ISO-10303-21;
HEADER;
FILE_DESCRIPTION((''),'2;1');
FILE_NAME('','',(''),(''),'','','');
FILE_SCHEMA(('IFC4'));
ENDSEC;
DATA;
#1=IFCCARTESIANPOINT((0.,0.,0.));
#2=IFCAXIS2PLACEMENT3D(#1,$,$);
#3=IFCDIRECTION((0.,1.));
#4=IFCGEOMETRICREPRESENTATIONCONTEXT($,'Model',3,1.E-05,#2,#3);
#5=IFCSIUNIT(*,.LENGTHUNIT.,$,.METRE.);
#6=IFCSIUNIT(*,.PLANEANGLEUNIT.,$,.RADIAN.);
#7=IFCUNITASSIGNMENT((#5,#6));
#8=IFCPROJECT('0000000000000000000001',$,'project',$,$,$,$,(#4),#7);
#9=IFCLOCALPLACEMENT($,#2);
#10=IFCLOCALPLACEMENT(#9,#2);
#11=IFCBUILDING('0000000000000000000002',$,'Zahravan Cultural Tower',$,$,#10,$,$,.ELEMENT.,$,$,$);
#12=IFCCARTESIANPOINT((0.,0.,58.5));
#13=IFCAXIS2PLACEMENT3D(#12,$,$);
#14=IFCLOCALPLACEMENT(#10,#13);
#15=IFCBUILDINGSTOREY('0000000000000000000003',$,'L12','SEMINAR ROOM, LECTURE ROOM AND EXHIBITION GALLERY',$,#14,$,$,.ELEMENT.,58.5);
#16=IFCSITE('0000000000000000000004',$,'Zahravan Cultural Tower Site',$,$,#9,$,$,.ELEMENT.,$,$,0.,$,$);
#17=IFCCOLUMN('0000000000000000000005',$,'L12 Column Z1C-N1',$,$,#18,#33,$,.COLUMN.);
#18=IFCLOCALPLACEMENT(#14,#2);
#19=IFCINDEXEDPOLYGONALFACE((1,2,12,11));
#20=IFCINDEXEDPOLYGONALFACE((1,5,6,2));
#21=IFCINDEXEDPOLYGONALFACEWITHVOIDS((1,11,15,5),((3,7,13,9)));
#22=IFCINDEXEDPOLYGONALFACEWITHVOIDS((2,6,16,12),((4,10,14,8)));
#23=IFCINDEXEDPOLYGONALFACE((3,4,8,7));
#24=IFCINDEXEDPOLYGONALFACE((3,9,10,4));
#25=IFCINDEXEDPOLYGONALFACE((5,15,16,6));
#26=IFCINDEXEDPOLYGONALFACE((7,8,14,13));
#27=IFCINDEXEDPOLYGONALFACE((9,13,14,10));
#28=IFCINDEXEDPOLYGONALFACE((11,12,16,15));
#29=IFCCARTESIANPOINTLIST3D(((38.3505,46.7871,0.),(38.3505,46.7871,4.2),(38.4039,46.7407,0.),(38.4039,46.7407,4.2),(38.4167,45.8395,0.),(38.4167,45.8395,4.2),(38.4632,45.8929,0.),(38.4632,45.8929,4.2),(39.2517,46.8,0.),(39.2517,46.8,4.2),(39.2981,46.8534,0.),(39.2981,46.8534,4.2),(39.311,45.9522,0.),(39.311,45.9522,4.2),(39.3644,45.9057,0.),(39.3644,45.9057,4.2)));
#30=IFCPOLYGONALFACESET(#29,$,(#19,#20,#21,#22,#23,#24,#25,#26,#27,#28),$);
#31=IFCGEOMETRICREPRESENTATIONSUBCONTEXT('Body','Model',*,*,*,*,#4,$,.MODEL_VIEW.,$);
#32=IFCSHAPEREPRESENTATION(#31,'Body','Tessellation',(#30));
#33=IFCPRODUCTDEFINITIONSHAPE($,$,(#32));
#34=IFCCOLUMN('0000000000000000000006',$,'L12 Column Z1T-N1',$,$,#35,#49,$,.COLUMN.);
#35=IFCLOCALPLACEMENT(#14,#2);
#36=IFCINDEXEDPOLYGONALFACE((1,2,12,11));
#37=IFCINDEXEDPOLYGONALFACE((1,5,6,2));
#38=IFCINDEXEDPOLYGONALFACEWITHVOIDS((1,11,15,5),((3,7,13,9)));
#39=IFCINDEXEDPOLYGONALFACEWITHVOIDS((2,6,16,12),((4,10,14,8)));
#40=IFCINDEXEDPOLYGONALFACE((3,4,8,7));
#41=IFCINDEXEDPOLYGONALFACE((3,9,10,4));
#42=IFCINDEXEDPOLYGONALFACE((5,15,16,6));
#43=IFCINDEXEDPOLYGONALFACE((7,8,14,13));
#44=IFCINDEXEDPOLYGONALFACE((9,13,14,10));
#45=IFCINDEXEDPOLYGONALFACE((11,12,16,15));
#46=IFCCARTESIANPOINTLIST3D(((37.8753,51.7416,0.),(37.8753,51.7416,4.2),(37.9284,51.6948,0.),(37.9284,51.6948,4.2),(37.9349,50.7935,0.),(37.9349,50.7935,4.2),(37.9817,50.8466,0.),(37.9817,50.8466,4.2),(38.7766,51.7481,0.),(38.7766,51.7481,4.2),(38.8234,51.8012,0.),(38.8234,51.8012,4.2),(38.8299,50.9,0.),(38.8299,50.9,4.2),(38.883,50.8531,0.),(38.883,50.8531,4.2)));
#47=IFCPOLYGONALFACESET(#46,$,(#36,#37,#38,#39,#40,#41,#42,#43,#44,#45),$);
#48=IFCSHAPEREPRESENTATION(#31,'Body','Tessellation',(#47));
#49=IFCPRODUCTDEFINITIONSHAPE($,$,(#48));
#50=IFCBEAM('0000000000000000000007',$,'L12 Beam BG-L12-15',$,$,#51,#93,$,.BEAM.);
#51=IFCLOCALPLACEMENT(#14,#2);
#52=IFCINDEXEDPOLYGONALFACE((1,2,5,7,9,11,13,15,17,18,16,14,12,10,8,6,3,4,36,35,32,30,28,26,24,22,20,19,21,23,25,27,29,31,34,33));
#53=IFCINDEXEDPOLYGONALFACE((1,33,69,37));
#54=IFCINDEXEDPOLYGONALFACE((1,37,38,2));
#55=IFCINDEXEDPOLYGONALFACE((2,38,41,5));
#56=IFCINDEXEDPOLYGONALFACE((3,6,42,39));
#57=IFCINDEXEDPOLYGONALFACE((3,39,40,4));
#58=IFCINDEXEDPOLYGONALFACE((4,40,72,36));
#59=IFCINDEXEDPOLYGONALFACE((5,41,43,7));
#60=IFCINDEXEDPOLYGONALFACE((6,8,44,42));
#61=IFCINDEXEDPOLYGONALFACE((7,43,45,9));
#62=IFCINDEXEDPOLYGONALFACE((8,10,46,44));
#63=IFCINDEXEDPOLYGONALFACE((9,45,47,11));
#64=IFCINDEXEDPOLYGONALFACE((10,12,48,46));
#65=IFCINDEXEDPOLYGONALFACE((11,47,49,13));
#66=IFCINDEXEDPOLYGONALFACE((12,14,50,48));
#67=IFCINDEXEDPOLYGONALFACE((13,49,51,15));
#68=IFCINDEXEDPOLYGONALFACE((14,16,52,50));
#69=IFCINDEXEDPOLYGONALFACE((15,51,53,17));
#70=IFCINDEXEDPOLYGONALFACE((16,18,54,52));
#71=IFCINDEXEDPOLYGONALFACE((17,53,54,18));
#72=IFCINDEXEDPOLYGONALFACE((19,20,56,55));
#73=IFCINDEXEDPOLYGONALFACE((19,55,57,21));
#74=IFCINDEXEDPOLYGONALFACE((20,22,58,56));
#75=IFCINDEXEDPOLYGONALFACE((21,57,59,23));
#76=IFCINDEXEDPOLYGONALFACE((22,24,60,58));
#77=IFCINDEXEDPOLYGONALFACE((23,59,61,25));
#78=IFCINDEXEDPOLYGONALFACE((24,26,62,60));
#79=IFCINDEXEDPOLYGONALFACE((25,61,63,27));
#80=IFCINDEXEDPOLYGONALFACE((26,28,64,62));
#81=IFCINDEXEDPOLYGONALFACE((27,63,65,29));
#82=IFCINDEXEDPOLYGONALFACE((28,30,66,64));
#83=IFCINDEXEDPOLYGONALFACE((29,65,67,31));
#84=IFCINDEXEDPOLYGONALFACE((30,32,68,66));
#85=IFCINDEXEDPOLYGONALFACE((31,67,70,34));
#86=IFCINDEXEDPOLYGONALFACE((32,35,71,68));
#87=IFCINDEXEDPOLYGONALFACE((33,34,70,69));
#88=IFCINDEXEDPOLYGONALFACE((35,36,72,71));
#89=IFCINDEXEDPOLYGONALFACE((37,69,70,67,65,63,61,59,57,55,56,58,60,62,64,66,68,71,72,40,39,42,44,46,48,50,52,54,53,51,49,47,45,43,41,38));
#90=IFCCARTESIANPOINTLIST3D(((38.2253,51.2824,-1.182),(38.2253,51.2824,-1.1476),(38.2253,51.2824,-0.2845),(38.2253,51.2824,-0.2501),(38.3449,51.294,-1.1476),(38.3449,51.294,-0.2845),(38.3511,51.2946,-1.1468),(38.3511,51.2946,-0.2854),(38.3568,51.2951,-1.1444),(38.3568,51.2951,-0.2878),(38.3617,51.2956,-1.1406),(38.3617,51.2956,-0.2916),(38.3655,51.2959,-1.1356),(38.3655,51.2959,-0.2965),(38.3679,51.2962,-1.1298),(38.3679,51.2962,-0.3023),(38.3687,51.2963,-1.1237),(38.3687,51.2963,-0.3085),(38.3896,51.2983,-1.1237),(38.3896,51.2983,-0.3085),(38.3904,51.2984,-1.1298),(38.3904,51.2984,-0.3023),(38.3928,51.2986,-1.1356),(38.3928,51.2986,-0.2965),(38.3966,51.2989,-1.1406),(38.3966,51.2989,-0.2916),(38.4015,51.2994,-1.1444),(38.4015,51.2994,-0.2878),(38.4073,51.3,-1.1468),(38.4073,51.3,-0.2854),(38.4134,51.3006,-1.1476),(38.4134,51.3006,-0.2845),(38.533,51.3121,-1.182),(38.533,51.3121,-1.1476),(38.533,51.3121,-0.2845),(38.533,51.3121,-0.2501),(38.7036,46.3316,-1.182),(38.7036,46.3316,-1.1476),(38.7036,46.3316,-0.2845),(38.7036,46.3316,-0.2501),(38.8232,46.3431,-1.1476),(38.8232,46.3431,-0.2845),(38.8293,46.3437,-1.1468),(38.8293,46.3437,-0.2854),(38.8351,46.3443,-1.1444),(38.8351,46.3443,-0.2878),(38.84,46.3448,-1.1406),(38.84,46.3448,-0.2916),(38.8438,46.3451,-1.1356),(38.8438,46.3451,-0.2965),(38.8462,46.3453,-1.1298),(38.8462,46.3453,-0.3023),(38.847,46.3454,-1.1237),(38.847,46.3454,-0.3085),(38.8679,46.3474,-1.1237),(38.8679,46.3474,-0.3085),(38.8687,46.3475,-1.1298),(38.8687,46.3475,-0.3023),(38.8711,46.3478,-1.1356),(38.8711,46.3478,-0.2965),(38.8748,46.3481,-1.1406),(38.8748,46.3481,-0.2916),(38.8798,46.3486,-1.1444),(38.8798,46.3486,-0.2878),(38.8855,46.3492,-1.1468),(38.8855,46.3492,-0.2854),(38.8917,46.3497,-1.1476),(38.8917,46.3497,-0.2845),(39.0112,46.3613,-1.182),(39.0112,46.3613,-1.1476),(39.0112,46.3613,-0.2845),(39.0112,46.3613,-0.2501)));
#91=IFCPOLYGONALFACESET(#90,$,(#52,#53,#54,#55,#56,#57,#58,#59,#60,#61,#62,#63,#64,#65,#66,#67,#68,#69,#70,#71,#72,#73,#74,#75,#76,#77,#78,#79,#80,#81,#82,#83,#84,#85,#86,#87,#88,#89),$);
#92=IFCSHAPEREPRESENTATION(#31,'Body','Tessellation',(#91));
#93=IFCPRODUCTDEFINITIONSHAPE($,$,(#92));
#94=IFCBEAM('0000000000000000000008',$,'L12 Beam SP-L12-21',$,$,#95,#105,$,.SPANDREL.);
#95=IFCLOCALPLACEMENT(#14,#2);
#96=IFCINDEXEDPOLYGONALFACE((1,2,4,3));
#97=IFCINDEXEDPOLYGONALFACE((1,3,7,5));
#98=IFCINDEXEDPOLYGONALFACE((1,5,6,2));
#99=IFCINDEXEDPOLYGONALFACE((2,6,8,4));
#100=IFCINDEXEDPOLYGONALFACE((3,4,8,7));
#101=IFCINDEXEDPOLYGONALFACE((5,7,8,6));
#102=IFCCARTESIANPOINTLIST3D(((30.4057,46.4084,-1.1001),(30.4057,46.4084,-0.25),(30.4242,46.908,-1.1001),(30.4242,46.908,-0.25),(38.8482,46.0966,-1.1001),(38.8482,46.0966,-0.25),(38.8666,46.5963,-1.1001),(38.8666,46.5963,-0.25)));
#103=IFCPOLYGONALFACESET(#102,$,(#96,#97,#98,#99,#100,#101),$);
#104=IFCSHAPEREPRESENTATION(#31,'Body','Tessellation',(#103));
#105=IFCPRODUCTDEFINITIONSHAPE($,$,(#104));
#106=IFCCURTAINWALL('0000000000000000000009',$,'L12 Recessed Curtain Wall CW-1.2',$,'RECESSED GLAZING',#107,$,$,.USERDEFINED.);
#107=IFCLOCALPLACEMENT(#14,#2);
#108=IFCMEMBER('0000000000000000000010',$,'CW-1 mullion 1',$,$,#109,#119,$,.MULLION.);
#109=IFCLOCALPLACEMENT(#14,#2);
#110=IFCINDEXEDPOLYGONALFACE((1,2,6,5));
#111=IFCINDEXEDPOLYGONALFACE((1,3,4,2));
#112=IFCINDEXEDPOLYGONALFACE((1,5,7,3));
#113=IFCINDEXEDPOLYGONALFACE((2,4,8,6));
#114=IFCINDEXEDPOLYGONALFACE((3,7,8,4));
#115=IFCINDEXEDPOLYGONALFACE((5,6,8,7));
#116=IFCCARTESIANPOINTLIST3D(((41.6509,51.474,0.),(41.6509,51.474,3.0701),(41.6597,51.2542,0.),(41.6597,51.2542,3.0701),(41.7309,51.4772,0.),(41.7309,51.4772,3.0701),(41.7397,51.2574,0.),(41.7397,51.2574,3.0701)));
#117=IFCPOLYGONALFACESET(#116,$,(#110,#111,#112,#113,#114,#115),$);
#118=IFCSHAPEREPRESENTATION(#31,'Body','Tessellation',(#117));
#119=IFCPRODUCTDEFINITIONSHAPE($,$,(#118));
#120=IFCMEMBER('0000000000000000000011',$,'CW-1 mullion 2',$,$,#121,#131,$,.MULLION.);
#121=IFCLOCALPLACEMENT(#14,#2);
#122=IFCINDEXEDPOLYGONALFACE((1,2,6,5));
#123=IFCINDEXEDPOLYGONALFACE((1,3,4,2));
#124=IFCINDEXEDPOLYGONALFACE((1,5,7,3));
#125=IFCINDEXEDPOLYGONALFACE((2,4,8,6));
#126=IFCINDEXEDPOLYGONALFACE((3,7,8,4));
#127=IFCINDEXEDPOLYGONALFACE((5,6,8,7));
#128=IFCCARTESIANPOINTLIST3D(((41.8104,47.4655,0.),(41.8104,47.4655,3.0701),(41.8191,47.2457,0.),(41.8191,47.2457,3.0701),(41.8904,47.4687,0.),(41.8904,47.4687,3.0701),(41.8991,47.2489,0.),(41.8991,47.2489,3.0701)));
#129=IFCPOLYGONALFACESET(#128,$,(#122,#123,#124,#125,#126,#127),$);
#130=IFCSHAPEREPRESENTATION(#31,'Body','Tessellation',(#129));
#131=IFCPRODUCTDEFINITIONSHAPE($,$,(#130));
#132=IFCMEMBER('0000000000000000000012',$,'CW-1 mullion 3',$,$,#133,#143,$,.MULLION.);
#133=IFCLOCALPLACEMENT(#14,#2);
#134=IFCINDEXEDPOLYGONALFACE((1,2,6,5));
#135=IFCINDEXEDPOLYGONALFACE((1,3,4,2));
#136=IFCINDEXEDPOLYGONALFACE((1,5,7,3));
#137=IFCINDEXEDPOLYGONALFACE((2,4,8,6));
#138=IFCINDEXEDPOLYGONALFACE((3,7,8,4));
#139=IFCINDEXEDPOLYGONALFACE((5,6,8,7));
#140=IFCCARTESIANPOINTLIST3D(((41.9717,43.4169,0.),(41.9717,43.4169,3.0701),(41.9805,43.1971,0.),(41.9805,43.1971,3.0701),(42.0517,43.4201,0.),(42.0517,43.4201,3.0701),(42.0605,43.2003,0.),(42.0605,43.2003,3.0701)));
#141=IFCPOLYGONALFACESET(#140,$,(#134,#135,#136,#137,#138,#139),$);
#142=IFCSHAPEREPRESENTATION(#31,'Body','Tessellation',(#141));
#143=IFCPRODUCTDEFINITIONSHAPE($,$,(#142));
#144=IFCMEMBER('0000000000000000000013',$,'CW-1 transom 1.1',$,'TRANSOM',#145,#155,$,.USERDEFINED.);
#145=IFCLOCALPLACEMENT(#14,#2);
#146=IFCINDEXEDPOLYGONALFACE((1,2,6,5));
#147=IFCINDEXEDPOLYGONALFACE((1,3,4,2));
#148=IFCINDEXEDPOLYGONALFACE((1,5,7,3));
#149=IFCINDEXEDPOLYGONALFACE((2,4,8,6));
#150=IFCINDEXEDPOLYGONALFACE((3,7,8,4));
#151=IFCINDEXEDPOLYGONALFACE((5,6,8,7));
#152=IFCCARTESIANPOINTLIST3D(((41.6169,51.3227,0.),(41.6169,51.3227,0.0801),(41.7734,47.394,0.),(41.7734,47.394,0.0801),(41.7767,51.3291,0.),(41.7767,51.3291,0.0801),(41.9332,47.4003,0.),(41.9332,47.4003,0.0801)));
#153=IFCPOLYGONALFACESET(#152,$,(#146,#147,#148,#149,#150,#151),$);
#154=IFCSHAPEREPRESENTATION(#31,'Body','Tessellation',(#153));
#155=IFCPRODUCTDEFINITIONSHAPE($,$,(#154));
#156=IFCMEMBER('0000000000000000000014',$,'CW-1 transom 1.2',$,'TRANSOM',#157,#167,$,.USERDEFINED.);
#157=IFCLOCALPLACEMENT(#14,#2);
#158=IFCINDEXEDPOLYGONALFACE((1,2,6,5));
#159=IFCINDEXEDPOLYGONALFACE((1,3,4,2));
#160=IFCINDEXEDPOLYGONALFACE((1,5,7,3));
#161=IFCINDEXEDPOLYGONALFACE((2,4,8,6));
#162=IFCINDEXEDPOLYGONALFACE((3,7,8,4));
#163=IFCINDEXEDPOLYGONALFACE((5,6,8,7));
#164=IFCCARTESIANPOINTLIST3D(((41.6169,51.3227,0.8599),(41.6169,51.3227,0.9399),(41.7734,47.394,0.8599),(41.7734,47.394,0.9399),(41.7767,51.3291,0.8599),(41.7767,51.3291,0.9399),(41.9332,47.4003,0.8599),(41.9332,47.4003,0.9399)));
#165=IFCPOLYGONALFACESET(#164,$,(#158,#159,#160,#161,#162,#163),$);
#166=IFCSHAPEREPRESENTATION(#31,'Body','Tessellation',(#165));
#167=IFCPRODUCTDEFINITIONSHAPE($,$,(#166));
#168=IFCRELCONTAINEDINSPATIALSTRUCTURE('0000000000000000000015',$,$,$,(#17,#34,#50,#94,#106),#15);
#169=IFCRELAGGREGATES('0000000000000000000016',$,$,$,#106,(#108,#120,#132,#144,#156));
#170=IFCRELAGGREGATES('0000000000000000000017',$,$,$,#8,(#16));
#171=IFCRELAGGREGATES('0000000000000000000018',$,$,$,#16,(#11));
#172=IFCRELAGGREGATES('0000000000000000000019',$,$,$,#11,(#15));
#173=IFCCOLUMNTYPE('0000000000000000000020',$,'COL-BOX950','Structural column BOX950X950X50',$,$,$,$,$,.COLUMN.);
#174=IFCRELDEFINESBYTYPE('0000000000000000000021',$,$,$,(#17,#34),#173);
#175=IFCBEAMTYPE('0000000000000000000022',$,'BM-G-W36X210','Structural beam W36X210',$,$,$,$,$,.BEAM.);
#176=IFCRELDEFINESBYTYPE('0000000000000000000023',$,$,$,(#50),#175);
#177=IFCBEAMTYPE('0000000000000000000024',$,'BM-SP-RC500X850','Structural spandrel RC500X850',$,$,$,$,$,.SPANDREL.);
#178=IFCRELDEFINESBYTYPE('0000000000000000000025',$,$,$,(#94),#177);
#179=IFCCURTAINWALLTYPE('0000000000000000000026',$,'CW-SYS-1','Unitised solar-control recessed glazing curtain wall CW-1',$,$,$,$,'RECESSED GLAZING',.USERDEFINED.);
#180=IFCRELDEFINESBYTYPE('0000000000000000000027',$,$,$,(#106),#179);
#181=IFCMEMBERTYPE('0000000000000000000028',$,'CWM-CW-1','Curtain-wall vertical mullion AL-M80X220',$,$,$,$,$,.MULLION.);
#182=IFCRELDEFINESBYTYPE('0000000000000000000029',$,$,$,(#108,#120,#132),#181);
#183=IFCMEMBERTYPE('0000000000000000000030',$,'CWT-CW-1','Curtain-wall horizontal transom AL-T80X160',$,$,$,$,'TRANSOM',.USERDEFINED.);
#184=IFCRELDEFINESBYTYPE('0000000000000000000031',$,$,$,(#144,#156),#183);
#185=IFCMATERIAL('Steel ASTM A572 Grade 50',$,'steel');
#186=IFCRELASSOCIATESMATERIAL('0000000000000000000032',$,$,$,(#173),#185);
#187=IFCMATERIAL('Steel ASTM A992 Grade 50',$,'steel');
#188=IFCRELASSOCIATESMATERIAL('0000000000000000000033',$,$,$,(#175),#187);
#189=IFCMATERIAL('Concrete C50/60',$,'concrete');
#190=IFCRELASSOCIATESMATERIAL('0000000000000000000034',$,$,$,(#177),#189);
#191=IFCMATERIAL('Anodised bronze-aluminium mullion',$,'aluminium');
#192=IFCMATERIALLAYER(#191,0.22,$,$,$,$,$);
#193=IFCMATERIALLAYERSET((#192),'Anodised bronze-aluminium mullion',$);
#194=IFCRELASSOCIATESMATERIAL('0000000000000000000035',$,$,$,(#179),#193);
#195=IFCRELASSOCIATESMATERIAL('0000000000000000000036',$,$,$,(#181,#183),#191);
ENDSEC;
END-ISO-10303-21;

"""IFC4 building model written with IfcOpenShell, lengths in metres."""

from ifc_helpers import new_model, si_unit, direction, frame, origin, origin_2d, place, context, subcontext, project, spatial, rectangle, hollow_rectangle, i_section, extrude, source, transform, mapped, material, layer, layer_set, material_profile, profile_set, type_object, element, aggregate, save


model = new_model("IFC4")

# Units and contexts
model_context = context("Model", 3, precision=1e-05, world=origin(), true_north=direction((0.0, 1.0)))
body_context = subcontext(model_context, "Body", "Model", "MODEL_VIEW")
ifc_project = project(units=[si_unit("LENGTHUNIT", "METRE"), si_unit("PLANEANGLEUNIT", "RADIAN")], contexts=[model_context])

# Site, building, storey
site_placement = place(None, origin())
site = spatial("IfcSite", under=ifc_project, at=site_placement, Name="Zahravan Cultural Tower Site", CompositionType="ELEMENT", RefElevation=0.0)
building_placement = place(site_placement, origin())
building = spatial("IfcBuilding", under=site, at=building_placement, Name="Zahravan Cultural Tower", CompositionType="ELEMENT")
storey_placement = place(building_placement, frame((0.0, 0.0, 58.5)))
storey = spatial("IfcBuildingStorey", under=building, at=storey_placement, Name="L12", Description="SEMINAR ROOM, LECTURE ROOM AND EXHIBITION GALLERY", CompositionType="ELEMENT", Elevation=58.5)

# Columns
ifc_material_1 = material(Name="Steel ASTM A572 Grade 50", Category="steel")
ifc_material_profile_1 = material_profile(ifc_material_1, hollow_rectangle(XDim=0.95, YDim=0.95, WallThickness=0.05, at=origin_2d()), Name="BOX950X950X50")
ifc_profile_set_1 = profile_set([ifc_material_profile_1], Name="Steel ASTM A572 Grade 50")
column_type = type_object("IfcColumnType", Name="COL-BOX950", Description="Structural column BOX950X950X50", PredefinedType="COLUMN", material=ifc_profile_set_1)
shared_shape_1 = source(origin(), body_context, "Body", "SweptSolid", [
    extrude(hollow_rectangle(XDim=0.95, YDim=0.95, WallThickness=0.05, at=origin_2d()), origin(), (0.0, 0.0, 1.0), 4.2),
])
for number, where, z_axis, x_axis, name in (
    (1, (38.8574, 46.3464, 0.0), (0.0, 0.0, 1.0), (-0.069756, 0.997564, 0.0), "L12 Column Z1C-N1"),
    (2, (38.3792, 51.2974, 0.0), (0.0, 0.0, 1.0), (-0.062791, 0.998027, 0.0), "L12 Column Z1T-N1"),
):
    element("IfcColumn", number, at=place(storey_placement, frame(where, z_axis=z_axis, x_axis=x_axis)), inside=storey, type_object=column_type, Name=name, PredefinedType="COLUMN", context=body_context, shape_type="MappedRepresentation", body=[
        mapped(shared_shape_1, transform((0.0, 0.0, 0.0), x_axis=(1.0, 0.0, 0.0), y_axis=(0.0, 1.0, 0.0), z_axis=(0.0, 0.0, 1.0), scale=1.0)),
    ])

# Beams
ifc_material_2 = material(Name="Steel ASTM A992 Grade 50", Category="steel")
ifc_material_profile_2 = material_profile(ifc_material_2, i_section(OverallWidth=0.3091, OverallDepth=0.9319, WebThickness=0.021, FlangeThickness=0.0344, FilletRadius=0.0239, at=origin_2d()), Name="W36X210")
ifc_profile_set_2 = profile_set([ifc_material_profile_2], Name="Steel ASTM A992 Grade 50")
beam_type_1 = type_object("IfcBeamType", Name="BM-G-W36X210", Description="Structural beam W36X210", PredefinedType="BEAM", material=ifc_profile_set_2)
shared_shape_2 = source(origin(), body_context, "Body", "SweptSolid", [
    extrude(i_section(OverallWidth=0.3091, OverallDepth=0.9319, WebThickness=0.021, FlangeThickness=0.0344, FilletRadius=0.0239, at=origin_2d()), origin(), (0.0, 0.0, 1.0), 4.9739),
])
beam_1_placement = place(storey_placement, frame((38.8574, 46.3464, -0.7161), z_axis=(-0.096155, 0.995366, 0.0), x_axis=(-0.995366, -0.096155, 0.0)))
element("IfcBeam", 3, at=beam_1_placement, inside=storey, type_object=beam_type_1, Name="L12 Beam BG-L12-15", PredefinedType="BEAM", context=body_context, shape_type="MappedRepresentation", body=[
    mapped(shared_shape_2, transform((0.0, 0.0, 0.0), x_axis=(1.0, 0.0, 0.0), y_axis=(0.0, 1.0, 0.0), z_axis=(0.0, 0.0, 1.0), scale=1.0)),
])
ifc_material_3 = material(Name="Concrete C50/60", Category="concrete")
ifc_material_profile_3 = material_profile(ifc_material_3, rectangle(XDim=0.5, YDim=0.8501, at=origin_2d()), Name="RC500X850")
ifc_profile_set_3 = profile_set([ifc_material_profile_3], Name="Concrete C50/60")
beam_type_2 = type_object("IfcBeamType", Name="BM-SP-RC500X850", Description="Structural spandrel RC500X850", PredefinedType="SPANDREL", material=ifc_profile_set_3)
shared_shape_3 = source(origin(), body_context, "Body", "SweptSolid", [
    extrude(rectangle(XDim=0.5, YDim=0.8501, at=origin_2d()), origin(), (0.0, 0.0, 1.0), 8.4482),
])
beam_2_placement = place(storey_placement, frame((38.8574, 46.3464, -0.675), z_axis=(-0.999319, 0.036904, 0.0), x_axis=(-0.036904, -0.999319, 0.0)))
element("IfcBeam", 4, at=beam_2_placement, inside=storey, type_object=beam_type_2, Name="L12 Beam SP-L12-21", PredefinedType="SPANDREL", context=body_context, shape_type="MappedRepresentation", body=[
    mapped(shared_shape_3, transform((0.0, 0.0, 0.0), x_axis=(1.0, 0.0, 0.0), y_axis=(0.0, 1.0, 0.0), z_axis=(0.0, 0.0, 1.0), scale=1.0)),
])

# Curtain wall, members
ifc_material_4 = material(Name="Anodised bronze-aluminium mullion", Category="aluminium")
ifc_layer_1 = layer(ifc_material_4, 0.22)
ifc_layer_set_1 = layer_set([ifc_layer_1], Name="Anodised bronze-aluminium mullion")
curtain_wall_type = type_object("IfcCurtainWallType", Name="CW-SYS-1", Description="Unitised solar-control recessed glazing curtain wall CW-1", ElementType="RECESSED GLAZING", PredefinedType="USERDEFINED", material=ifc_layer_set_1)
curtain_wall_placement = place(storey_placement, origin())
curtain_wall = element("IfcCurtainWall", 5, at=curtain_wall_placement, inside=storey, type_object=curtain_wall_type, Name="L12 Recessed Curtain Wall CW-1.2", ObjectType="RECESSED GLAZING", PredefinedType="USERDEFINED")
ifc_material_profile_4 = material_profile(ifc_material_4, rectangle(XDim=0.0801, YDim=0.22, at=origin_2d()), Name="AL-M80X220")
ifc_profile_set_4 = profile_set([ifc_material_profile_4], Name="Anodised bronze-aluminium mullion")
member_type_1 = type_object("IfcMemberType", Name="CWM-CW-1", Description="Curtain-wall vertical mullion AL-M80X220", PredefinedType="MULLION", material=ifc_profile_set_4)
shared_shape_4 = source(origin(), body_context, "Body", "SweptSolid", [
    extrude(rectangle(XDim=0.0801, YDim=0.22, at=origin_2d()), origin(), (0.0, 0.0, 1.0), 3.0701),
])
member_1_placement = place(storey_placement, frame((41.6953, 51.3657, 0.0), z_axis=(0.0, 0.0, 1.0), x_axis=(0.999208, 0.039785, 0.0)))
member_1 = element("IfcMember", 6, at=member_1_placement, type_object=member_type_1, Name="CW-1 mullion 1", PredefinedType="MULLION", context=body_context, shape_type="MappedRepresentation", body=[
    mapped(shared_shape_4, transform((0.0, 0.0, 0.0), x_axis=(1.0, 0.0, 0.0), y_axis=(0.0, 1.0, 0.0), z_axis=(0.0, 0.0, 1.0), scale=1.0)),
])
member_2_placement = place(storey_placement, frame((41.8547, 47.3572, 0.0), z_axis=(0.0, 0.0, 1.0), x_axis=(0.999208, 0.039785, 0.0)))
member_2 = element("IfcMember", 7, at=member_2_placement, type_object=member_type_1, Name="CW-1 mullion 2", PredefinedType="MULLION", context=body_context, shape_type="MappedRepresentation", body=[
    mapped(shared_shape_4, transform((0.0, 0.0, 0.0), x_axis=(1.0, 0.0, 0.0), y_axis=(0.0, 1.0, 0.0), z_axis=(0.0, 0.0, 1.0), scale=1.0)),
])
member_3_placement = place(storey_placement, frame((42.0161, 43.3086, 0.0), z_axis=(0.0, 0.0, 1.0), x_axis=(0.999208, 0.039785, 0.0)))
member_3 = element("IfcMember", 8, at=member_3_placement, type_object=member_type_1, Name="CW-1 mullion 3", PredefinedType="MULLION", context=body_context, shape_type="MappedRepresentation", body=[
    mapped(shared_shape_4, transform((0.0, 0.0, 0.0), x_axis=(1.0, 0.0, 0.0), y_axis=(0.0, 1.0, 0.0), z_axis=(0.0, 0.0, 1.0), scale=1.0)),
])
ifc_material_profile_5 = material_profile(ifc_material_4, rectangle(XDim=0.1599, YDim=0.0801, at=origin_2d()), Name="AL-T80X160")
ifc_profile_set_5 = profile_set([ifc_material_profile_5], Name="Anodised bronze-aluminium mullion")
member_type_2 = type_object("IfcMemberType", Name="CWT-CW-1", Description="Curtain-wall horizontal transom AL-T80X160", ElementType="TRANSOM", PredefinedType="USERDEFINED", material=ifc_profile_set_5)
shared_shape_5 = source(origin(), body_context, "Body", "SweptSolid", [
    extrude(rectangle(XDim=0.1599, YDim=0.0801, at=origin_2d()), origin(), (0.0, 0.0, 1.0), 3.9319),
])
member_4_placement = place(storey_placement, frame((41.6968, 51.3259, 0.04), z_axis=(0.039802, -0.999208, 0.0), x_axis=(0.999208, 0.039802, 0.0)))
member_4 = element("IfcMember", 9, at=member_4_placement, type_object=member_type_2, Name="CW-1 transom 1.1", ObjectType="TRANSOM", PredefinedType="USERDEFINED", context=body_context, shape_type="MappedRepresentation", body=[
    mapped(shared_shape_5, transform((0.0, 0.0, 0.0), x_axis=(1.0, 0.0, 0.0), y_axis=(0.0, 1.0, 0.0), z_axis=(0.0, 0.0, 1.0), scale=1.0)),
])
member_5_placement = place(storey_placement, frame((41.6968, 51.3259, 0.8999), z_axis=(0.039802, -0.999208, 0.0), x_axis=(0.999208, 0.039802, 0.0)))
member_5 = element("IfcMember", 10, at=member_5_placement, type_object=member_type_2, Name="CW-1 transom 1.2", ObjectType="TRANSOM", PredefinedType="USERDEFINED", context=body_context, shape_type="MappedRepresentation", body=[
    mapped(shared_shape_5, transform((0.0, 0.0, 0.0), x_axis=(1.0, 0.0, 0.0), y_axis=(0.0, 1.0, 0.0), z_axis=(0.0, 0.0, 1.0), scale=1.0)),
])
aggregate(curtain_wall, [member_1, member_2, member_3, member_4, member_5])

save(model, "model.ifc")
